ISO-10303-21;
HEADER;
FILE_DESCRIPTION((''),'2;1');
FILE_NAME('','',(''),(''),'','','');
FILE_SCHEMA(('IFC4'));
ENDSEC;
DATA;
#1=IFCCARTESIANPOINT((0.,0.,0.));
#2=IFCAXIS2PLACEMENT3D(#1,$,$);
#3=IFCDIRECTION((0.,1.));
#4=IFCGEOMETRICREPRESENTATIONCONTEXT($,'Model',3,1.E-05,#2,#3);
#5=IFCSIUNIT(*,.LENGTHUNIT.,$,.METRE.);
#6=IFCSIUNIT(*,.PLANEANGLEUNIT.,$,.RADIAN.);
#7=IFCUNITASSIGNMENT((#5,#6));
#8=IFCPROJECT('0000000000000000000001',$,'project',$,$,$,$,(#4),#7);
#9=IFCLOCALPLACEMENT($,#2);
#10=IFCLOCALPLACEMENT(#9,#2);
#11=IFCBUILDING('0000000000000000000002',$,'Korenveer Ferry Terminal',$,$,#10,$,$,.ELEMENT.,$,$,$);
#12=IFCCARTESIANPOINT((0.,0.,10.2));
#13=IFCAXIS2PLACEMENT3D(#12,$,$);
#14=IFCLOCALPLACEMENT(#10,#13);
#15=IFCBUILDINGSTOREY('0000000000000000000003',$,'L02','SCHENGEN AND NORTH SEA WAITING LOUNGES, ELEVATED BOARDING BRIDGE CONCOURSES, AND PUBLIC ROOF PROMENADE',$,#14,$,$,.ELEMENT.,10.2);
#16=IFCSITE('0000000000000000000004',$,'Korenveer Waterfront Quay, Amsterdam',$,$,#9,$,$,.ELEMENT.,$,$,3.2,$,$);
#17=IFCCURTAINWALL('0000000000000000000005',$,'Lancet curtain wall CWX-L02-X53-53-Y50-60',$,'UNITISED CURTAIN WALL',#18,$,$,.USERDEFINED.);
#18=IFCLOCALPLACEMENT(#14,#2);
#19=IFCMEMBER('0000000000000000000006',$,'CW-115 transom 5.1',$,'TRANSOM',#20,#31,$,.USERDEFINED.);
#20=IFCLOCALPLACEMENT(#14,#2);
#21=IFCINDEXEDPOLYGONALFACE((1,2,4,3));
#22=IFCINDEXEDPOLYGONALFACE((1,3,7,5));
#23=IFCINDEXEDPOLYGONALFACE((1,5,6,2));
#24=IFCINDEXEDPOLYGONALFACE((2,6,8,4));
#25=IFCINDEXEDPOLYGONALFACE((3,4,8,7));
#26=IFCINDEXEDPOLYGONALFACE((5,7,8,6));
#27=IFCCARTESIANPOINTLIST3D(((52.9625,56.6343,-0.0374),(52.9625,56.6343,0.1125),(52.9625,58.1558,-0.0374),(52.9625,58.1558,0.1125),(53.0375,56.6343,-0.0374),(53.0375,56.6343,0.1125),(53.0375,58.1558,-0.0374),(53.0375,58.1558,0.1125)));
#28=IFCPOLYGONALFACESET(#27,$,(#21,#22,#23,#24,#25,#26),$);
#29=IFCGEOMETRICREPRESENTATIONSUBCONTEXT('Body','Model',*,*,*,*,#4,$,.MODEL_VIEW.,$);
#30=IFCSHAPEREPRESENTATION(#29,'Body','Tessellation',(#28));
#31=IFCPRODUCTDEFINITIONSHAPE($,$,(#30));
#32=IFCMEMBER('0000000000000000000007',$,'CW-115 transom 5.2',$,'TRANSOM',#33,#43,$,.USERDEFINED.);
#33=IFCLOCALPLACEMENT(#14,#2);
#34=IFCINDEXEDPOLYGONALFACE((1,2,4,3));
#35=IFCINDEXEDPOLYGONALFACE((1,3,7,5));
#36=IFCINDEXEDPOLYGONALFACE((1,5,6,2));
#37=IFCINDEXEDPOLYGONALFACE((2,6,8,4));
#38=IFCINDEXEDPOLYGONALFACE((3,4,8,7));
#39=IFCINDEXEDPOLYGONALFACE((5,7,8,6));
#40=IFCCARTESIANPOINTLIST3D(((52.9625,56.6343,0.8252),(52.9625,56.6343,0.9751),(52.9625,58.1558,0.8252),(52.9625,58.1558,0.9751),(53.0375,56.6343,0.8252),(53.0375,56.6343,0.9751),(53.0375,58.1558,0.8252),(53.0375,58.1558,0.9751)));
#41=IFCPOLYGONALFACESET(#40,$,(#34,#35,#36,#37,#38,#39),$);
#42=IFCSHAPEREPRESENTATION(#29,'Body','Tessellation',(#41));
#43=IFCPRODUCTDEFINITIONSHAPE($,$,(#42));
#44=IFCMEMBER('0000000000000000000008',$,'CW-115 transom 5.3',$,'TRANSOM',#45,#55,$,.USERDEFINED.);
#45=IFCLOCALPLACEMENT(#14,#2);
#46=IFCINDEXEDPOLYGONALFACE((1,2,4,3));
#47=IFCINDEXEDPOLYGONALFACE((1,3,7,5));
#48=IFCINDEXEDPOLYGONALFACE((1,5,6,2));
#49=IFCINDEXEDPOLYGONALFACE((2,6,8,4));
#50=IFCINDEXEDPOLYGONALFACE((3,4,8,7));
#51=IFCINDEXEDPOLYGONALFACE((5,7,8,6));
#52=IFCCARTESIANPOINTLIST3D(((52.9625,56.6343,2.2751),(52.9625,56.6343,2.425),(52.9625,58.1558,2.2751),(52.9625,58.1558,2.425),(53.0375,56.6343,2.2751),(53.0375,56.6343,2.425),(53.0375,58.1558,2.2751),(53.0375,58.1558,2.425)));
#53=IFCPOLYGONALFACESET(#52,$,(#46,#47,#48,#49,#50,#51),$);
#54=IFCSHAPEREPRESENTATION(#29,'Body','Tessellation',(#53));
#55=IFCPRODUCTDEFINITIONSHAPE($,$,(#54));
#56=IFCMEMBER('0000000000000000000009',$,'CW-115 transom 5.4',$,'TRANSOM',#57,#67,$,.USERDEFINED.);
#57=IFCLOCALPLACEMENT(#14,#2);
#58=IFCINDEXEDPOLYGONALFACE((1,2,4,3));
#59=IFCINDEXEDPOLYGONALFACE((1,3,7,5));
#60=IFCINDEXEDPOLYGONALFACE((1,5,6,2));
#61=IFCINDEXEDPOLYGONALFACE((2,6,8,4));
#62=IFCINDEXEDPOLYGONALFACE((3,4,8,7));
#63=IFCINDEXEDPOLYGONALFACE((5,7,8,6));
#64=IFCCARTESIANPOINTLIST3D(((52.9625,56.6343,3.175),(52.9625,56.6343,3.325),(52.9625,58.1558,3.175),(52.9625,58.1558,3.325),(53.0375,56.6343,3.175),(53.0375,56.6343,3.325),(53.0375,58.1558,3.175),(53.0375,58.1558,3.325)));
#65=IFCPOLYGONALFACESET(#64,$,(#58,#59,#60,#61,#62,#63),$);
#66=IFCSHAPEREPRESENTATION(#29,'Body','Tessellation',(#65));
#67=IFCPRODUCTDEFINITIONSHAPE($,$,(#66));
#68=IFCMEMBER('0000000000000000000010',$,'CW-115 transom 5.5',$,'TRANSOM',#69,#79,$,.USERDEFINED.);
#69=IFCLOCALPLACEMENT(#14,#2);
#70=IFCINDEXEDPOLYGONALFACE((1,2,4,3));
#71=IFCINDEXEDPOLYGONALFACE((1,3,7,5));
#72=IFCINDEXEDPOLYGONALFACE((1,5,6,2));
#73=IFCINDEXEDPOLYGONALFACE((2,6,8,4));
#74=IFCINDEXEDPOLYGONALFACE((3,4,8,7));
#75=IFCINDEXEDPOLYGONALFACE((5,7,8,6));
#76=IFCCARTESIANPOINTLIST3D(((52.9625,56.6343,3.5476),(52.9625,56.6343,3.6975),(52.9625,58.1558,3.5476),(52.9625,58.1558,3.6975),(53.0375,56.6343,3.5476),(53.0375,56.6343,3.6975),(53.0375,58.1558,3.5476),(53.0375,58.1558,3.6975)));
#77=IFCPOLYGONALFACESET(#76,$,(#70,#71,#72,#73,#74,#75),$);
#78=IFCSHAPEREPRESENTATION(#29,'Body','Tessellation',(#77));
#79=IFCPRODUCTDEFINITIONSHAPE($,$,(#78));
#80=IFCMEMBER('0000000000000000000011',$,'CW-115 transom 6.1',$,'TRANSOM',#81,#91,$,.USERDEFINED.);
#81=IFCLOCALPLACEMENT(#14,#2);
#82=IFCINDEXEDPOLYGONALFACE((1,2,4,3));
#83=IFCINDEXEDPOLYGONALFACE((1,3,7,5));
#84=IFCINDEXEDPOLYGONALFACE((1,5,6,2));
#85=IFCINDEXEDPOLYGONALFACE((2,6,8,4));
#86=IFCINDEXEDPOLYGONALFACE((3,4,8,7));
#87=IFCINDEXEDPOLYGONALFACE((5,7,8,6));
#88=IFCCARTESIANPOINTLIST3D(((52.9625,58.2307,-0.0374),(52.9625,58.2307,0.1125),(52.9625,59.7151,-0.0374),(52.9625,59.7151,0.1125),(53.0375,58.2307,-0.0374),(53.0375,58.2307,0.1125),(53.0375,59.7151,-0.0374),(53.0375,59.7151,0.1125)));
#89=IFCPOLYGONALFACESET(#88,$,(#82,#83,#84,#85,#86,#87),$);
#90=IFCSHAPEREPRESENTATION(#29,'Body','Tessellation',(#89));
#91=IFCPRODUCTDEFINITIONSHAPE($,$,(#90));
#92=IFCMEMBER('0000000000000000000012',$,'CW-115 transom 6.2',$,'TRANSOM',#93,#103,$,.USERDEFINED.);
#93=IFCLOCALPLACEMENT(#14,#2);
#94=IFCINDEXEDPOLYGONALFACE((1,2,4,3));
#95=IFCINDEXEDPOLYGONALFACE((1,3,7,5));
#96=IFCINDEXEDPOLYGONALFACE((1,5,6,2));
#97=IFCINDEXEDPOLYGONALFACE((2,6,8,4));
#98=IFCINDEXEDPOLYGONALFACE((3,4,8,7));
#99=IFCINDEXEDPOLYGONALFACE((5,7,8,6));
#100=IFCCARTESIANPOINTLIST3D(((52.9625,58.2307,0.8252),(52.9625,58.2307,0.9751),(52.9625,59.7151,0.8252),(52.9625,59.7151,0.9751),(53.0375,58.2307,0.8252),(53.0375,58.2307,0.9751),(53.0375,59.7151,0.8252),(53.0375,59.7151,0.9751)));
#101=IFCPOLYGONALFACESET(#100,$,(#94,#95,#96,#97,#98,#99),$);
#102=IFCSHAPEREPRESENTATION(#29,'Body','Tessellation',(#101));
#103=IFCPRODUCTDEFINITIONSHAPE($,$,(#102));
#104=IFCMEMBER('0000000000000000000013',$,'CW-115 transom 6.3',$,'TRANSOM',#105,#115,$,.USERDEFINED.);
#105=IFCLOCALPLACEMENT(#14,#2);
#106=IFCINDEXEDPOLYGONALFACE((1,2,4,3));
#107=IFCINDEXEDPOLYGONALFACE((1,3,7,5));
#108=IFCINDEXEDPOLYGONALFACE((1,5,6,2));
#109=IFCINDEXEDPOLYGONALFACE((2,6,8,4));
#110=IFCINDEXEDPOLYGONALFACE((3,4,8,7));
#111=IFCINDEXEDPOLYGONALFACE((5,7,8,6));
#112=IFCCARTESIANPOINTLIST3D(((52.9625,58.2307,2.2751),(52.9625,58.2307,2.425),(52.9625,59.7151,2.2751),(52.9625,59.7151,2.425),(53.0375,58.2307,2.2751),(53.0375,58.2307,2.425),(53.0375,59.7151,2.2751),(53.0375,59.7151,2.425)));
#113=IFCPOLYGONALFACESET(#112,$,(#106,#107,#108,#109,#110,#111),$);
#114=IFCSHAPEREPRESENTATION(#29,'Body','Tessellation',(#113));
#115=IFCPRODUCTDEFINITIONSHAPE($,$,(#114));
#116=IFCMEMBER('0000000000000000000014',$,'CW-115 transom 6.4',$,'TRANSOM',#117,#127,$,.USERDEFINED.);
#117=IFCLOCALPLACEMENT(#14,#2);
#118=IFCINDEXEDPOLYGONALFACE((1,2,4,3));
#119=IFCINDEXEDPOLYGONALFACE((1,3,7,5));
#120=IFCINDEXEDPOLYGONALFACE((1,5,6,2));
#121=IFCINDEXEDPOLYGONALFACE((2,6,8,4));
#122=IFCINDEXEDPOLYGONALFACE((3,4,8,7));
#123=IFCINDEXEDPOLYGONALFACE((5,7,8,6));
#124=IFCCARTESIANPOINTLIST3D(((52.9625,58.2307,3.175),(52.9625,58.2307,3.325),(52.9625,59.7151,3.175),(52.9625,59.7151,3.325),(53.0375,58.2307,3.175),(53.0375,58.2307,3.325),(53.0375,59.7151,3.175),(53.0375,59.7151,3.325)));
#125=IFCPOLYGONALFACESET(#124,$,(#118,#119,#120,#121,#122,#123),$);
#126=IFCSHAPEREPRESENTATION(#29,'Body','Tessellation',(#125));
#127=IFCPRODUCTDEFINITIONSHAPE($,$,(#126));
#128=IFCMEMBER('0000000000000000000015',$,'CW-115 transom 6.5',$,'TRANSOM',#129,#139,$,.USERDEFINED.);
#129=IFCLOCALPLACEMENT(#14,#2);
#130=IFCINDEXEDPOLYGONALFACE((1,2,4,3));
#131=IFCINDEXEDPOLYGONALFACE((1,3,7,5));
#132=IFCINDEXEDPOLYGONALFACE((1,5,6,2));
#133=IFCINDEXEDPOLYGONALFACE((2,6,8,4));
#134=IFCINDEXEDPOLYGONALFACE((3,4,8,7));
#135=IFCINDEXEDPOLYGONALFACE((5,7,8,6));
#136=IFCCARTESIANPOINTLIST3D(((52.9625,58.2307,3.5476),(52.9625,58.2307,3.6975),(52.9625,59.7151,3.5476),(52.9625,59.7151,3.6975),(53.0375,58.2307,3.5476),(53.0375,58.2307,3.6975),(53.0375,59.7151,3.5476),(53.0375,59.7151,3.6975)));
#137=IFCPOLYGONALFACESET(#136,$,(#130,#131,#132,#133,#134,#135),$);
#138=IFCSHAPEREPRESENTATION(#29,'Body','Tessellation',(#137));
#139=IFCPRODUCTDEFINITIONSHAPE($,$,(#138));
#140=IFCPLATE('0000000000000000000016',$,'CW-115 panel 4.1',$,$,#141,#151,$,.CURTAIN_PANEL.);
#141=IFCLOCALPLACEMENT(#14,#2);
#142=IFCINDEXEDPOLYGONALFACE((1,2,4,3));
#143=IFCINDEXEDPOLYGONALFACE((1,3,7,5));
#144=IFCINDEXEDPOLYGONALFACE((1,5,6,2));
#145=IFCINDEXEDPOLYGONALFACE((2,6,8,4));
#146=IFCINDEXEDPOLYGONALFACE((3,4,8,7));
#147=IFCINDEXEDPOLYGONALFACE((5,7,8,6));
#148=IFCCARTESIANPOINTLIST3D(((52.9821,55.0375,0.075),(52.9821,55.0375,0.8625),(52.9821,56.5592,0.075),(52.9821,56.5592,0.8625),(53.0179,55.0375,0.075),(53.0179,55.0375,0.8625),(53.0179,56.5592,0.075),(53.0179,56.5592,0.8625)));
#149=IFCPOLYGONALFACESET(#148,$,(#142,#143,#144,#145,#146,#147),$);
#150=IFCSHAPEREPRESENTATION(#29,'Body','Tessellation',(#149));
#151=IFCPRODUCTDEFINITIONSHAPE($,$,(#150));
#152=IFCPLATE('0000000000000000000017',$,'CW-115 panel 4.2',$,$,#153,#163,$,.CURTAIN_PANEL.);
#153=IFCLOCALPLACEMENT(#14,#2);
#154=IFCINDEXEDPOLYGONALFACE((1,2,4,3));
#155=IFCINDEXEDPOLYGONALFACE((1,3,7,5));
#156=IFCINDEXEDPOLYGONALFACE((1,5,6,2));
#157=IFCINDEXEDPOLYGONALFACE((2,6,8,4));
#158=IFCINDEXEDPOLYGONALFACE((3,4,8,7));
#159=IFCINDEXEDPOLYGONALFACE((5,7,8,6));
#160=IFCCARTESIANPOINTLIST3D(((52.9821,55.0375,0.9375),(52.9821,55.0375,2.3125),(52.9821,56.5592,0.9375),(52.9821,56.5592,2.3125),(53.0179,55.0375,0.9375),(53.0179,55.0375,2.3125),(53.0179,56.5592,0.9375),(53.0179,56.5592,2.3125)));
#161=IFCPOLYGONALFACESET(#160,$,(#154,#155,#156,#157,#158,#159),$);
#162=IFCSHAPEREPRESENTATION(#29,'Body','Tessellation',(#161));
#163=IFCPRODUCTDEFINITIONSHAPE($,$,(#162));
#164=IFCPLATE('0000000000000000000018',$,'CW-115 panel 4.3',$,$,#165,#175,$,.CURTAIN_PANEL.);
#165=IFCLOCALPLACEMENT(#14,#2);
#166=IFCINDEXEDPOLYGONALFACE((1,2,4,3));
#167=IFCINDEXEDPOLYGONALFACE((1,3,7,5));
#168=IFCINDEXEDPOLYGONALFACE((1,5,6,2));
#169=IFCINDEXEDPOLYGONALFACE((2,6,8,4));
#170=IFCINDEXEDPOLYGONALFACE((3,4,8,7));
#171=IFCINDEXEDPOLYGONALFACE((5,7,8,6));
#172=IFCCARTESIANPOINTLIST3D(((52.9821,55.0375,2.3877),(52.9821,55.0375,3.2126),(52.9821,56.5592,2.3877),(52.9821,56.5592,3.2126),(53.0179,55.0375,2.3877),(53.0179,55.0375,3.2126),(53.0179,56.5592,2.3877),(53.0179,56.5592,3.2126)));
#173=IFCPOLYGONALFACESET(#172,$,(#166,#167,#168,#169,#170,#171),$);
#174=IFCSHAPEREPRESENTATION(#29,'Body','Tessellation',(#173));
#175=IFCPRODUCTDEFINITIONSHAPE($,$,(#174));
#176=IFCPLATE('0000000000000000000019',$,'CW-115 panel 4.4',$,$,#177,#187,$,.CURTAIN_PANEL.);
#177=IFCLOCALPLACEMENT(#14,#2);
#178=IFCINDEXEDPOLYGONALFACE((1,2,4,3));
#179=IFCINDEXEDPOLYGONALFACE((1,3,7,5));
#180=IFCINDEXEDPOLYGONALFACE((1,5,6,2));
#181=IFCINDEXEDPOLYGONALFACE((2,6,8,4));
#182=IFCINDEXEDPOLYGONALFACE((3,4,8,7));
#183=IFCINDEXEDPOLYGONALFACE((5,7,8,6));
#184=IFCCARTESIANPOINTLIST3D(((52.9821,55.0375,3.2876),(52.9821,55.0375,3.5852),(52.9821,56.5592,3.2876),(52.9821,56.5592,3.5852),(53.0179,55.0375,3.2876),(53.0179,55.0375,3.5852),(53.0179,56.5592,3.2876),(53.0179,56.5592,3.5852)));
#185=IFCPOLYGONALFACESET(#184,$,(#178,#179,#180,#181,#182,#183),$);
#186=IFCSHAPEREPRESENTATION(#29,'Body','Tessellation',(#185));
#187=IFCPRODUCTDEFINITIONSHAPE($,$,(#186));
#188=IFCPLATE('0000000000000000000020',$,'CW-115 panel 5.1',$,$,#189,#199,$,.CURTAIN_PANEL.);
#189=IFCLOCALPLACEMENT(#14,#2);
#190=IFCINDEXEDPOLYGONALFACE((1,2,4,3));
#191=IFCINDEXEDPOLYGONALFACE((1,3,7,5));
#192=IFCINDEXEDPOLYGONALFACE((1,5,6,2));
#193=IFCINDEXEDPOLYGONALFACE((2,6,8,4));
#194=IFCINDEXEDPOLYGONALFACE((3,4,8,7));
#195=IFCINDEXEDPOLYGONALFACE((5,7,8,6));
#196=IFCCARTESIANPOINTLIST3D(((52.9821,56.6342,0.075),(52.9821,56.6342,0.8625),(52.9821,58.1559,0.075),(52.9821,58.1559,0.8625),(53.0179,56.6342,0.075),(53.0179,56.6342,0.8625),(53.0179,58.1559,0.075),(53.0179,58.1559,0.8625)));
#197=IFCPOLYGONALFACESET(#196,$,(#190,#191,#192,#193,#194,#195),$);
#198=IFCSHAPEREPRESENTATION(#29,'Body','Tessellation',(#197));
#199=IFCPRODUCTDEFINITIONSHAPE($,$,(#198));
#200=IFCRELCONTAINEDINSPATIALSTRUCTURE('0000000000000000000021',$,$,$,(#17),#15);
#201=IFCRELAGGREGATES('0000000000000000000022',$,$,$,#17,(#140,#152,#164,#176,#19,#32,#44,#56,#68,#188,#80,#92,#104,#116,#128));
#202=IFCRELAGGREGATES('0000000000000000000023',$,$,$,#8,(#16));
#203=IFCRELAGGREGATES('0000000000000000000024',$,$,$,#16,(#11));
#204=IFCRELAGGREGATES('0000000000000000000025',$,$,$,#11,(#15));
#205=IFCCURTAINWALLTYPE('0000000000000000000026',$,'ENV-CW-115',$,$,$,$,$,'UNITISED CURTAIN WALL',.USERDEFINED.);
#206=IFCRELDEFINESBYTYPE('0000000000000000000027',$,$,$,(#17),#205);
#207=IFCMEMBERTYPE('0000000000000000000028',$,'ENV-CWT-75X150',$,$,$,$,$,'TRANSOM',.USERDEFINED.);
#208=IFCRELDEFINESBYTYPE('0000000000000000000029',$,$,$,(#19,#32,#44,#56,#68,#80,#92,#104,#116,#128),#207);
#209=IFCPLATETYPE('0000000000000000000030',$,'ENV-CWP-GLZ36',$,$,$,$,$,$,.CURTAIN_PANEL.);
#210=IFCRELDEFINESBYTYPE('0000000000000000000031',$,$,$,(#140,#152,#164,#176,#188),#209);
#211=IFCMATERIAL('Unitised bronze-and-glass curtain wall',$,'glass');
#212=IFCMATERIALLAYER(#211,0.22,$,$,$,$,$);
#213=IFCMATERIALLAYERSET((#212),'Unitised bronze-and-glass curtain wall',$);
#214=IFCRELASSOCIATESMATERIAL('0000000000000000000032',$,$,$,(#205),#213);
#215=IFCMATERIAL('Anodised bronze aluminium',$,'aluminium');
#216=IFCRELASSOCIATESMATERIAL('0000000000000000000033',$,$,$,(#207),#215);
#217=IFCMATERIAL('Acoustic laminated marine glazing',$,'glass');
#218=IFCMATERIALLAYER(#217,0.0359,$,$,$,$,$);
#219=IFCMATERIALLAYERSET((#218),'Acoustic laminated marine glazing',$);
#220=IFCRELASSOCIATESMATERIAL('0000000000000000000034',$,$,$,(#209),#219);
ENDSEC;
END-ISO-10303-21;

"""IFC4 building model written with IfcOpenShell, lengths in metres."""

from ifc_helpers import new_model, si_unit, direction, frame, origin, origin_2d, place, context, subcontext, project, spatial, rectangle, extrude, material, layer, layer_set, material_profile, profile_set, type_object, element, aggregate, save


model = new_model("IFC4")

# Units and contexts
model_context = context("Model", 3, precision=1e-05, world=origin(), true_north=direction((0.0, 1.0)))
body_context = subcontext(model_context, "Body", "Model", "MODEL_VIEW")
ifc_project = project(units=[si_unit("LENGTHUNIT", "METRE"), si_unit("PLANEANGLEUNIT", "RADIAN")], contexts=[model_context])

# Site, building, storey
site_placement = place(None, origin())
site = spatial("IfcSite", under=ifc_project, at=site_placement, Name="Korenveer Waterfront Quay, Amsterdam", CompositionType="ELEMENT", RefElevation=3.2)
building_placement = place(site_placement, origin())
building = spatial("IfcBuilding", under=site, at=building_placement, Name="Korenveer Ferry Terminal", CompositionType="ELEMENT")
storey_placement = place(building_placement, frame((0.0, 0.0, 10.2)))
storey = spatial("IfcBuildingStorey", under=building, at=storey_placement, Name="L02", Description="SCHENGEN AND NORTH SEA WAITING LOUNGES, ELEVATED BOARDING BRIDGE CONCOURSES, AND PUBLIC ROOF PROMENADE", CompositionType="ELEMENT", Elevation=10.2)

# Shared definitions
ifc_material_1 = material(Name="Unitised bronze-and-glass curtain wall", Category="glass")
ifc_material_2 = material(Name="Anodised bronze aluminium", Category="aluminium")

# Curtain wall
ifc_layer_1 = layer(ifc_material_1, 0.22)
ifc_layer_set_1 = layer_set([ifc_layer_1], Name="Unitised bronze-and-glass curtain wall")
curtain_wall_type_1 = type_object("IfcCurtainWallType", Name="ENV-CW-115", ElementType="UNITISED CURTAIN WALL", PredefinedType="USERDEFINED", material=ifc_layer_set_1)
curtain_wall_1_placement = place(storey_placement, frame((53.0, 50.21, 0.0)))
curtain_wall_1 = element("IfcCurtainWall", 1, at=curtain_wall_1_placement, inside=storey, type_object=curtain_wall_type_1, Name="Lancet curtain wall CWX-L02-X53-53-Y50-60", ObjectType="UNITISED CURTAIN WALL", PredefinedType="USERDEFINED")

# Members
ifc_material_profile_1 = material_profile(ifc_material_2, rectangle(XDim=0.075, YDim=0.1499, at=origin_2d()), Name="ALU 75x150")
ifc_profile_set_1 = profile_set([ifc_material_profile_1], Name="Anodised bronze aluminium")
member_type_1 = type_object("IfcMemberType", Name="ENV-CWT-75X150", ElementType="TRANSOM", PredefinedType="USERDEFINED", material=ifc_profile_set_1)
member_1_placement = place(storey_placement, frame((53.0, 56.6343, 0.0376), z_axis=(0.0, 1.0, 0.0), x_axis=(-1.0, 0.0, 0.0)))
member_1 = element("IfcMember", 2, at=member_1_placement, type_object=member_type_1, Name="CW-115 transom 5.1", ObjectType="TRANSOM", PredefinedType="USERDEFINED", context=body_context, shape_type="SweptSolid", body=[
    extrude(rectangle(XDim=0.075, YDim=0.1499, at=origin_2d()), origin(), (0.0, 0.0, 1.0), 1.5215),
])
member_2_placement = place(storey_placement, frame((53.0, 56.6343, 0.9001), z_axis=(0.0, 1.0, 0.0), x_axis=(-1.0, 0.0, 0.0)))
member_2 = element("IfcMember", 3, at=member_2_placement, type_object=member_type_1, Name="CW-115 transom 5.2", ObjectType="TRANSOM", PredefinedType="USERDEFINED", context=body_context, shape_type="SweptSolid", body=[
    extrude(rectangle(XDim=0.075, YDim=0.1499, at=origin_2d()), origin(), (0.0, 0.0, 1.0), 1.5215),
])
member_3_placement = place(storey_placement, frame((53.0, 56.6343, 2.3501), z_axis=(0.0, 1.0, 0.0), x_axis=(-1.0, 0.0, 0.0)))
member_3 = element("IfcMember", 4, at=member_3_placement, type_object=member_type_1, Name="CW-115 transom 5.3", ObjectType="TRANSOM", PredefinedType="USERDEFINED", context=body_context, shape_type="SweptSolid", body=[
    extrude(rectangle(XDim=0.075, YDim=0.1499, at=origin_2d()), origin(), (0.0, 0.0, 1.0), 1.5215),
])
member_4_placement = place(storey_placement, frame((53.0, 56.6343, 3.25), z_axis=(0.0, 1.0, 0.0), x_axis=(-1.0, 0.0, 0.0)))
member_4 = element("IfcMember", 5, at=member_4_placement, type_object=member_type_1, Name="CW-115 transom 5.4", ObjectType="TRANSOM", PredefinedType="USERDEFINED", context=body_context, shape_type="SweptSolid", body=[
    extrude(rectangle(XDim=0.075, YDim=0.1499, at=origin_2d()), origin(), (0.0, 0.0, 1.0), 1.5215),
])
member_5_placement = place(storey_placement, frame((53.0, 56.6343, 3.6226), z_axis=(0.0, 1.0, 0.0), x_axis=(-1.0, 0.0, 0.0)))
member_5 = element("IfcMember", 6, at=member_5_placement, type_object=member_type_1, Name="CW-115 transom 5.5", ObjectType="TRANSOM", PredefinedType="USERDEFINED", context=body_context, shape_type="SweptSolid", body=[
    extrude(rectangle(XDim=0.075, YDim=0.1499, at=origin_2d()), origin(), (0.0, 0.0, 1.0), 1.5215),
])
member_6_placement = place(storey_placement, frame((53.0, 58.2307, 0.0376), z_axis=(0.0, 1.0, 0.0), x_axis=(-1.0, 0.0, 0.0)))
member_6 = element("IfcMember", 7, at=member_6_placement, type_object=member_type_1, Name="CW-115 transom 6.1", ObjectType="TRANSOM", PredefinedType="USERDEFINED", context=body_context, shape_type="SweptSolid", body=[
    extrude(rectangle(XDim=0.075, YDim=0.1499, at=origin_2d()), origin(), (0.0, 0.0, 1.0), 1.4844),
])
member_7_placement = place(storey_placement, frame((53.0, 58.2307, 0.9001), z_axis=(0.0, 1.0, 0.0), x_axis=(-1.0, 0.0, 0.0)))
member_7 = element("IfcMember", 8, at=member_7_placement, type_object=member_type_1, Name="CW-115 transom 6.2", ObjectType="TRANSOM", PredefinedType="USERDEFINED", context=body_context, shape_type="SweptSolid", body=[
    extrude(rectangle(XDim=0.075, YDim=0.1499, at=origin_2d()), origin(), (0.0, 0.0, 1.0), 1.4844),
])
member_8_placement = place(storey_placement, frame((53.0, 58.2307, 2.3501), z_axis=(0.0, 1.0, 0.0), x_axis=(-1.0, 0.0, 0.0)))
member_8 = element("IfcMember", 9, at=member_8_placement, type_object=member_type_1, Name="CW-115 transom 6.3", ObjectType="TRANSOM", PredefinedType="USERDEFINED", context=body_context, shape_type="SweptSolid", body=[
    extrude(rectangle(XDim=0.075, YDim=0.1499, at=origin_2d()), origin(), (0.0, 0.0, 1.0), 1.4844),
])
member_9_placement = place(storey_placement, frame((53.0, 58.2307, 3.25), z_axis=(0.0, 1.0, 0.0), x_axis=(-1.0, 0.0, 0.0)))
member_9 = element("IfcMember", 10, at=member_9_placement, type_object=member_type_1, Name="CW-115 transom 6.4", ObjectType="TRANSOM", PredefinedType="USERDEFINED", context=body_context, shape_type="SweptSolid", body=[
    extrude(rectangle(XDim=0.075, YDim=0.1499, at=origin_2d()), origin(), (0.0, 0.0, 1.0), 1.4844),
])
member_10_placement = place(storey_placement, frame((53.0, 58.2307, 3.6226), z_axis=(0.0, 1.0, 0.0), x_axis=(-1.0, 0.0, 0.0)))
member_10 = element("IfcMember", 11, at=member_10_placement, type_object=member_type_1, Name="CW-115 transom 6.5", ObjectType="TRANSOM", PredefinedType="USERDEFINED", context=body_context, shape_type="SweptSolid", body=[
    extrude(rectangle(XDim=0.075, YDim=0.1499, at=origin_2d()), origin(), (0.0, 0.0, 1.0), 1.4844),
])

# Plates
ifc_material_3 = material(Name="Acoustic laminated marine glazing", Category="glass")
ifc_layer_2 = layer(ifc_material_3, 0.0359)
ifc_layer_set_2 = layer_set([ifc_layer_2], Name="Acoustic laminated marine glazing")
plate_type = type_object("IfcPlateType", Name="ENV-CWP-GLZ36", PredefinedType="CURTAIN_PANEL", material=ifc_layer_set_2)
plate_1_placement = place(storey_placement, frame((53.0, 55.7983, 0.075), z_axis=(0.0, 0.0, 1.0), x_axis=(0.0, 1.0, 0.0)))
plate_1 = element("IfcPlate", 12, at=plate_1_placement, type_object=plate_type, Name="CW-115 panel 4.1", PredefinedType="CURTAIN_PANEL", context=body_context, shape_type="SweptSolid", body=[
    extrude(rectangle(XDim=1.5217, YDim=0.0359, at=origin_2d()), origin(), (0.0, 0.0, 1.0), 0.7876),
])
plate_2_placement = place(storey_placement, frame((53.0, 55.7983, 0.9375), z_axis=(0.0, 0.0, 1.0), x_axis=(0.0, 1.0, 0.0)))
plate_2 = element("IfcPlate", 13, at=plate_2_placement, type_object=plate_type, Name="CW-115 panel 4.2", PredefinedType="CURTAIN_PANEL", context=body_context, shape_type="SweptSolid", body=[
    extrude(rectangle(XDim=1.5217, YDim=0.0359, at=origin_2d()), origin(), (0.0, 0.0, 1.0), 1.375),
])
plate_3_placement = place(storey_placement, frame((53.0, 55.7983, 2.3877), z_axis=(0.0, 0.0, 1.0), x_axis=(0.0, 1.0, 0.0)))
plate_3 = element("IfcPlate", 14, at=plate_3_placement, type_object=plate_type, Name="CW-115 panel 4.3", PredefinedType="CURTAIN_PANEL", context=body_context, shape_type="SweptSolid", body=[
    extrude(rectangle(XDim=1.5217, YDim=0.0359, at=origin_2d()), origin(), (0.0, 0.0, 1.0), 0.825),
])
plate_4_placement = place(storey_placement, frame((53.0, 55.7983, 3.2876), z_axis=(0.0, 0.0, 1.0), x_axis=(0.0, 1.0, 0.0)))
plate_4 = element("IfcPlate", 15, at=plate_4_placement, type_object=plate_type, Name="CW-115 panel 4.4", PredefinedType="CURTAIN_PANEL", context=body_context, shape_type="SweptSolid", body=[
    extrude(rectangle(XDim=1.5217, YDim=0.0359, at=origin_2d()), origin(), (0.0, 0.0, 1.0), 0.2976),
])
plate_5_placement = place(storey_placement, frame((53.0, 57.395, 0.075), z_axis=(0.0, 0.0, 1.0), x_axis=(0.0, 1.0, 0.0)))
plate_5 = element("IfcPlate", 16, at=plate_5_placement, type_object=plate_type, Name="CW-115 panel 5.1", PredefinedType="CURTAIN_PANEL", context=body_context, shape_type="SweptSolid", body=[
    extrude(rectangle(XDim=1.5217, YDim=0.0359, at=origin_2d()), origin(), (0.0, 0.0, 1.0), 0.7876),
])
aggregate(curtain_wall_1, [plate_1, plate_2, plate_3, plate_4, member_1, member_2, member_3, member_4, member_5, plate_5, member_6, member_7, member_8, member_9, member_10])

save(model, "model.ifc")
